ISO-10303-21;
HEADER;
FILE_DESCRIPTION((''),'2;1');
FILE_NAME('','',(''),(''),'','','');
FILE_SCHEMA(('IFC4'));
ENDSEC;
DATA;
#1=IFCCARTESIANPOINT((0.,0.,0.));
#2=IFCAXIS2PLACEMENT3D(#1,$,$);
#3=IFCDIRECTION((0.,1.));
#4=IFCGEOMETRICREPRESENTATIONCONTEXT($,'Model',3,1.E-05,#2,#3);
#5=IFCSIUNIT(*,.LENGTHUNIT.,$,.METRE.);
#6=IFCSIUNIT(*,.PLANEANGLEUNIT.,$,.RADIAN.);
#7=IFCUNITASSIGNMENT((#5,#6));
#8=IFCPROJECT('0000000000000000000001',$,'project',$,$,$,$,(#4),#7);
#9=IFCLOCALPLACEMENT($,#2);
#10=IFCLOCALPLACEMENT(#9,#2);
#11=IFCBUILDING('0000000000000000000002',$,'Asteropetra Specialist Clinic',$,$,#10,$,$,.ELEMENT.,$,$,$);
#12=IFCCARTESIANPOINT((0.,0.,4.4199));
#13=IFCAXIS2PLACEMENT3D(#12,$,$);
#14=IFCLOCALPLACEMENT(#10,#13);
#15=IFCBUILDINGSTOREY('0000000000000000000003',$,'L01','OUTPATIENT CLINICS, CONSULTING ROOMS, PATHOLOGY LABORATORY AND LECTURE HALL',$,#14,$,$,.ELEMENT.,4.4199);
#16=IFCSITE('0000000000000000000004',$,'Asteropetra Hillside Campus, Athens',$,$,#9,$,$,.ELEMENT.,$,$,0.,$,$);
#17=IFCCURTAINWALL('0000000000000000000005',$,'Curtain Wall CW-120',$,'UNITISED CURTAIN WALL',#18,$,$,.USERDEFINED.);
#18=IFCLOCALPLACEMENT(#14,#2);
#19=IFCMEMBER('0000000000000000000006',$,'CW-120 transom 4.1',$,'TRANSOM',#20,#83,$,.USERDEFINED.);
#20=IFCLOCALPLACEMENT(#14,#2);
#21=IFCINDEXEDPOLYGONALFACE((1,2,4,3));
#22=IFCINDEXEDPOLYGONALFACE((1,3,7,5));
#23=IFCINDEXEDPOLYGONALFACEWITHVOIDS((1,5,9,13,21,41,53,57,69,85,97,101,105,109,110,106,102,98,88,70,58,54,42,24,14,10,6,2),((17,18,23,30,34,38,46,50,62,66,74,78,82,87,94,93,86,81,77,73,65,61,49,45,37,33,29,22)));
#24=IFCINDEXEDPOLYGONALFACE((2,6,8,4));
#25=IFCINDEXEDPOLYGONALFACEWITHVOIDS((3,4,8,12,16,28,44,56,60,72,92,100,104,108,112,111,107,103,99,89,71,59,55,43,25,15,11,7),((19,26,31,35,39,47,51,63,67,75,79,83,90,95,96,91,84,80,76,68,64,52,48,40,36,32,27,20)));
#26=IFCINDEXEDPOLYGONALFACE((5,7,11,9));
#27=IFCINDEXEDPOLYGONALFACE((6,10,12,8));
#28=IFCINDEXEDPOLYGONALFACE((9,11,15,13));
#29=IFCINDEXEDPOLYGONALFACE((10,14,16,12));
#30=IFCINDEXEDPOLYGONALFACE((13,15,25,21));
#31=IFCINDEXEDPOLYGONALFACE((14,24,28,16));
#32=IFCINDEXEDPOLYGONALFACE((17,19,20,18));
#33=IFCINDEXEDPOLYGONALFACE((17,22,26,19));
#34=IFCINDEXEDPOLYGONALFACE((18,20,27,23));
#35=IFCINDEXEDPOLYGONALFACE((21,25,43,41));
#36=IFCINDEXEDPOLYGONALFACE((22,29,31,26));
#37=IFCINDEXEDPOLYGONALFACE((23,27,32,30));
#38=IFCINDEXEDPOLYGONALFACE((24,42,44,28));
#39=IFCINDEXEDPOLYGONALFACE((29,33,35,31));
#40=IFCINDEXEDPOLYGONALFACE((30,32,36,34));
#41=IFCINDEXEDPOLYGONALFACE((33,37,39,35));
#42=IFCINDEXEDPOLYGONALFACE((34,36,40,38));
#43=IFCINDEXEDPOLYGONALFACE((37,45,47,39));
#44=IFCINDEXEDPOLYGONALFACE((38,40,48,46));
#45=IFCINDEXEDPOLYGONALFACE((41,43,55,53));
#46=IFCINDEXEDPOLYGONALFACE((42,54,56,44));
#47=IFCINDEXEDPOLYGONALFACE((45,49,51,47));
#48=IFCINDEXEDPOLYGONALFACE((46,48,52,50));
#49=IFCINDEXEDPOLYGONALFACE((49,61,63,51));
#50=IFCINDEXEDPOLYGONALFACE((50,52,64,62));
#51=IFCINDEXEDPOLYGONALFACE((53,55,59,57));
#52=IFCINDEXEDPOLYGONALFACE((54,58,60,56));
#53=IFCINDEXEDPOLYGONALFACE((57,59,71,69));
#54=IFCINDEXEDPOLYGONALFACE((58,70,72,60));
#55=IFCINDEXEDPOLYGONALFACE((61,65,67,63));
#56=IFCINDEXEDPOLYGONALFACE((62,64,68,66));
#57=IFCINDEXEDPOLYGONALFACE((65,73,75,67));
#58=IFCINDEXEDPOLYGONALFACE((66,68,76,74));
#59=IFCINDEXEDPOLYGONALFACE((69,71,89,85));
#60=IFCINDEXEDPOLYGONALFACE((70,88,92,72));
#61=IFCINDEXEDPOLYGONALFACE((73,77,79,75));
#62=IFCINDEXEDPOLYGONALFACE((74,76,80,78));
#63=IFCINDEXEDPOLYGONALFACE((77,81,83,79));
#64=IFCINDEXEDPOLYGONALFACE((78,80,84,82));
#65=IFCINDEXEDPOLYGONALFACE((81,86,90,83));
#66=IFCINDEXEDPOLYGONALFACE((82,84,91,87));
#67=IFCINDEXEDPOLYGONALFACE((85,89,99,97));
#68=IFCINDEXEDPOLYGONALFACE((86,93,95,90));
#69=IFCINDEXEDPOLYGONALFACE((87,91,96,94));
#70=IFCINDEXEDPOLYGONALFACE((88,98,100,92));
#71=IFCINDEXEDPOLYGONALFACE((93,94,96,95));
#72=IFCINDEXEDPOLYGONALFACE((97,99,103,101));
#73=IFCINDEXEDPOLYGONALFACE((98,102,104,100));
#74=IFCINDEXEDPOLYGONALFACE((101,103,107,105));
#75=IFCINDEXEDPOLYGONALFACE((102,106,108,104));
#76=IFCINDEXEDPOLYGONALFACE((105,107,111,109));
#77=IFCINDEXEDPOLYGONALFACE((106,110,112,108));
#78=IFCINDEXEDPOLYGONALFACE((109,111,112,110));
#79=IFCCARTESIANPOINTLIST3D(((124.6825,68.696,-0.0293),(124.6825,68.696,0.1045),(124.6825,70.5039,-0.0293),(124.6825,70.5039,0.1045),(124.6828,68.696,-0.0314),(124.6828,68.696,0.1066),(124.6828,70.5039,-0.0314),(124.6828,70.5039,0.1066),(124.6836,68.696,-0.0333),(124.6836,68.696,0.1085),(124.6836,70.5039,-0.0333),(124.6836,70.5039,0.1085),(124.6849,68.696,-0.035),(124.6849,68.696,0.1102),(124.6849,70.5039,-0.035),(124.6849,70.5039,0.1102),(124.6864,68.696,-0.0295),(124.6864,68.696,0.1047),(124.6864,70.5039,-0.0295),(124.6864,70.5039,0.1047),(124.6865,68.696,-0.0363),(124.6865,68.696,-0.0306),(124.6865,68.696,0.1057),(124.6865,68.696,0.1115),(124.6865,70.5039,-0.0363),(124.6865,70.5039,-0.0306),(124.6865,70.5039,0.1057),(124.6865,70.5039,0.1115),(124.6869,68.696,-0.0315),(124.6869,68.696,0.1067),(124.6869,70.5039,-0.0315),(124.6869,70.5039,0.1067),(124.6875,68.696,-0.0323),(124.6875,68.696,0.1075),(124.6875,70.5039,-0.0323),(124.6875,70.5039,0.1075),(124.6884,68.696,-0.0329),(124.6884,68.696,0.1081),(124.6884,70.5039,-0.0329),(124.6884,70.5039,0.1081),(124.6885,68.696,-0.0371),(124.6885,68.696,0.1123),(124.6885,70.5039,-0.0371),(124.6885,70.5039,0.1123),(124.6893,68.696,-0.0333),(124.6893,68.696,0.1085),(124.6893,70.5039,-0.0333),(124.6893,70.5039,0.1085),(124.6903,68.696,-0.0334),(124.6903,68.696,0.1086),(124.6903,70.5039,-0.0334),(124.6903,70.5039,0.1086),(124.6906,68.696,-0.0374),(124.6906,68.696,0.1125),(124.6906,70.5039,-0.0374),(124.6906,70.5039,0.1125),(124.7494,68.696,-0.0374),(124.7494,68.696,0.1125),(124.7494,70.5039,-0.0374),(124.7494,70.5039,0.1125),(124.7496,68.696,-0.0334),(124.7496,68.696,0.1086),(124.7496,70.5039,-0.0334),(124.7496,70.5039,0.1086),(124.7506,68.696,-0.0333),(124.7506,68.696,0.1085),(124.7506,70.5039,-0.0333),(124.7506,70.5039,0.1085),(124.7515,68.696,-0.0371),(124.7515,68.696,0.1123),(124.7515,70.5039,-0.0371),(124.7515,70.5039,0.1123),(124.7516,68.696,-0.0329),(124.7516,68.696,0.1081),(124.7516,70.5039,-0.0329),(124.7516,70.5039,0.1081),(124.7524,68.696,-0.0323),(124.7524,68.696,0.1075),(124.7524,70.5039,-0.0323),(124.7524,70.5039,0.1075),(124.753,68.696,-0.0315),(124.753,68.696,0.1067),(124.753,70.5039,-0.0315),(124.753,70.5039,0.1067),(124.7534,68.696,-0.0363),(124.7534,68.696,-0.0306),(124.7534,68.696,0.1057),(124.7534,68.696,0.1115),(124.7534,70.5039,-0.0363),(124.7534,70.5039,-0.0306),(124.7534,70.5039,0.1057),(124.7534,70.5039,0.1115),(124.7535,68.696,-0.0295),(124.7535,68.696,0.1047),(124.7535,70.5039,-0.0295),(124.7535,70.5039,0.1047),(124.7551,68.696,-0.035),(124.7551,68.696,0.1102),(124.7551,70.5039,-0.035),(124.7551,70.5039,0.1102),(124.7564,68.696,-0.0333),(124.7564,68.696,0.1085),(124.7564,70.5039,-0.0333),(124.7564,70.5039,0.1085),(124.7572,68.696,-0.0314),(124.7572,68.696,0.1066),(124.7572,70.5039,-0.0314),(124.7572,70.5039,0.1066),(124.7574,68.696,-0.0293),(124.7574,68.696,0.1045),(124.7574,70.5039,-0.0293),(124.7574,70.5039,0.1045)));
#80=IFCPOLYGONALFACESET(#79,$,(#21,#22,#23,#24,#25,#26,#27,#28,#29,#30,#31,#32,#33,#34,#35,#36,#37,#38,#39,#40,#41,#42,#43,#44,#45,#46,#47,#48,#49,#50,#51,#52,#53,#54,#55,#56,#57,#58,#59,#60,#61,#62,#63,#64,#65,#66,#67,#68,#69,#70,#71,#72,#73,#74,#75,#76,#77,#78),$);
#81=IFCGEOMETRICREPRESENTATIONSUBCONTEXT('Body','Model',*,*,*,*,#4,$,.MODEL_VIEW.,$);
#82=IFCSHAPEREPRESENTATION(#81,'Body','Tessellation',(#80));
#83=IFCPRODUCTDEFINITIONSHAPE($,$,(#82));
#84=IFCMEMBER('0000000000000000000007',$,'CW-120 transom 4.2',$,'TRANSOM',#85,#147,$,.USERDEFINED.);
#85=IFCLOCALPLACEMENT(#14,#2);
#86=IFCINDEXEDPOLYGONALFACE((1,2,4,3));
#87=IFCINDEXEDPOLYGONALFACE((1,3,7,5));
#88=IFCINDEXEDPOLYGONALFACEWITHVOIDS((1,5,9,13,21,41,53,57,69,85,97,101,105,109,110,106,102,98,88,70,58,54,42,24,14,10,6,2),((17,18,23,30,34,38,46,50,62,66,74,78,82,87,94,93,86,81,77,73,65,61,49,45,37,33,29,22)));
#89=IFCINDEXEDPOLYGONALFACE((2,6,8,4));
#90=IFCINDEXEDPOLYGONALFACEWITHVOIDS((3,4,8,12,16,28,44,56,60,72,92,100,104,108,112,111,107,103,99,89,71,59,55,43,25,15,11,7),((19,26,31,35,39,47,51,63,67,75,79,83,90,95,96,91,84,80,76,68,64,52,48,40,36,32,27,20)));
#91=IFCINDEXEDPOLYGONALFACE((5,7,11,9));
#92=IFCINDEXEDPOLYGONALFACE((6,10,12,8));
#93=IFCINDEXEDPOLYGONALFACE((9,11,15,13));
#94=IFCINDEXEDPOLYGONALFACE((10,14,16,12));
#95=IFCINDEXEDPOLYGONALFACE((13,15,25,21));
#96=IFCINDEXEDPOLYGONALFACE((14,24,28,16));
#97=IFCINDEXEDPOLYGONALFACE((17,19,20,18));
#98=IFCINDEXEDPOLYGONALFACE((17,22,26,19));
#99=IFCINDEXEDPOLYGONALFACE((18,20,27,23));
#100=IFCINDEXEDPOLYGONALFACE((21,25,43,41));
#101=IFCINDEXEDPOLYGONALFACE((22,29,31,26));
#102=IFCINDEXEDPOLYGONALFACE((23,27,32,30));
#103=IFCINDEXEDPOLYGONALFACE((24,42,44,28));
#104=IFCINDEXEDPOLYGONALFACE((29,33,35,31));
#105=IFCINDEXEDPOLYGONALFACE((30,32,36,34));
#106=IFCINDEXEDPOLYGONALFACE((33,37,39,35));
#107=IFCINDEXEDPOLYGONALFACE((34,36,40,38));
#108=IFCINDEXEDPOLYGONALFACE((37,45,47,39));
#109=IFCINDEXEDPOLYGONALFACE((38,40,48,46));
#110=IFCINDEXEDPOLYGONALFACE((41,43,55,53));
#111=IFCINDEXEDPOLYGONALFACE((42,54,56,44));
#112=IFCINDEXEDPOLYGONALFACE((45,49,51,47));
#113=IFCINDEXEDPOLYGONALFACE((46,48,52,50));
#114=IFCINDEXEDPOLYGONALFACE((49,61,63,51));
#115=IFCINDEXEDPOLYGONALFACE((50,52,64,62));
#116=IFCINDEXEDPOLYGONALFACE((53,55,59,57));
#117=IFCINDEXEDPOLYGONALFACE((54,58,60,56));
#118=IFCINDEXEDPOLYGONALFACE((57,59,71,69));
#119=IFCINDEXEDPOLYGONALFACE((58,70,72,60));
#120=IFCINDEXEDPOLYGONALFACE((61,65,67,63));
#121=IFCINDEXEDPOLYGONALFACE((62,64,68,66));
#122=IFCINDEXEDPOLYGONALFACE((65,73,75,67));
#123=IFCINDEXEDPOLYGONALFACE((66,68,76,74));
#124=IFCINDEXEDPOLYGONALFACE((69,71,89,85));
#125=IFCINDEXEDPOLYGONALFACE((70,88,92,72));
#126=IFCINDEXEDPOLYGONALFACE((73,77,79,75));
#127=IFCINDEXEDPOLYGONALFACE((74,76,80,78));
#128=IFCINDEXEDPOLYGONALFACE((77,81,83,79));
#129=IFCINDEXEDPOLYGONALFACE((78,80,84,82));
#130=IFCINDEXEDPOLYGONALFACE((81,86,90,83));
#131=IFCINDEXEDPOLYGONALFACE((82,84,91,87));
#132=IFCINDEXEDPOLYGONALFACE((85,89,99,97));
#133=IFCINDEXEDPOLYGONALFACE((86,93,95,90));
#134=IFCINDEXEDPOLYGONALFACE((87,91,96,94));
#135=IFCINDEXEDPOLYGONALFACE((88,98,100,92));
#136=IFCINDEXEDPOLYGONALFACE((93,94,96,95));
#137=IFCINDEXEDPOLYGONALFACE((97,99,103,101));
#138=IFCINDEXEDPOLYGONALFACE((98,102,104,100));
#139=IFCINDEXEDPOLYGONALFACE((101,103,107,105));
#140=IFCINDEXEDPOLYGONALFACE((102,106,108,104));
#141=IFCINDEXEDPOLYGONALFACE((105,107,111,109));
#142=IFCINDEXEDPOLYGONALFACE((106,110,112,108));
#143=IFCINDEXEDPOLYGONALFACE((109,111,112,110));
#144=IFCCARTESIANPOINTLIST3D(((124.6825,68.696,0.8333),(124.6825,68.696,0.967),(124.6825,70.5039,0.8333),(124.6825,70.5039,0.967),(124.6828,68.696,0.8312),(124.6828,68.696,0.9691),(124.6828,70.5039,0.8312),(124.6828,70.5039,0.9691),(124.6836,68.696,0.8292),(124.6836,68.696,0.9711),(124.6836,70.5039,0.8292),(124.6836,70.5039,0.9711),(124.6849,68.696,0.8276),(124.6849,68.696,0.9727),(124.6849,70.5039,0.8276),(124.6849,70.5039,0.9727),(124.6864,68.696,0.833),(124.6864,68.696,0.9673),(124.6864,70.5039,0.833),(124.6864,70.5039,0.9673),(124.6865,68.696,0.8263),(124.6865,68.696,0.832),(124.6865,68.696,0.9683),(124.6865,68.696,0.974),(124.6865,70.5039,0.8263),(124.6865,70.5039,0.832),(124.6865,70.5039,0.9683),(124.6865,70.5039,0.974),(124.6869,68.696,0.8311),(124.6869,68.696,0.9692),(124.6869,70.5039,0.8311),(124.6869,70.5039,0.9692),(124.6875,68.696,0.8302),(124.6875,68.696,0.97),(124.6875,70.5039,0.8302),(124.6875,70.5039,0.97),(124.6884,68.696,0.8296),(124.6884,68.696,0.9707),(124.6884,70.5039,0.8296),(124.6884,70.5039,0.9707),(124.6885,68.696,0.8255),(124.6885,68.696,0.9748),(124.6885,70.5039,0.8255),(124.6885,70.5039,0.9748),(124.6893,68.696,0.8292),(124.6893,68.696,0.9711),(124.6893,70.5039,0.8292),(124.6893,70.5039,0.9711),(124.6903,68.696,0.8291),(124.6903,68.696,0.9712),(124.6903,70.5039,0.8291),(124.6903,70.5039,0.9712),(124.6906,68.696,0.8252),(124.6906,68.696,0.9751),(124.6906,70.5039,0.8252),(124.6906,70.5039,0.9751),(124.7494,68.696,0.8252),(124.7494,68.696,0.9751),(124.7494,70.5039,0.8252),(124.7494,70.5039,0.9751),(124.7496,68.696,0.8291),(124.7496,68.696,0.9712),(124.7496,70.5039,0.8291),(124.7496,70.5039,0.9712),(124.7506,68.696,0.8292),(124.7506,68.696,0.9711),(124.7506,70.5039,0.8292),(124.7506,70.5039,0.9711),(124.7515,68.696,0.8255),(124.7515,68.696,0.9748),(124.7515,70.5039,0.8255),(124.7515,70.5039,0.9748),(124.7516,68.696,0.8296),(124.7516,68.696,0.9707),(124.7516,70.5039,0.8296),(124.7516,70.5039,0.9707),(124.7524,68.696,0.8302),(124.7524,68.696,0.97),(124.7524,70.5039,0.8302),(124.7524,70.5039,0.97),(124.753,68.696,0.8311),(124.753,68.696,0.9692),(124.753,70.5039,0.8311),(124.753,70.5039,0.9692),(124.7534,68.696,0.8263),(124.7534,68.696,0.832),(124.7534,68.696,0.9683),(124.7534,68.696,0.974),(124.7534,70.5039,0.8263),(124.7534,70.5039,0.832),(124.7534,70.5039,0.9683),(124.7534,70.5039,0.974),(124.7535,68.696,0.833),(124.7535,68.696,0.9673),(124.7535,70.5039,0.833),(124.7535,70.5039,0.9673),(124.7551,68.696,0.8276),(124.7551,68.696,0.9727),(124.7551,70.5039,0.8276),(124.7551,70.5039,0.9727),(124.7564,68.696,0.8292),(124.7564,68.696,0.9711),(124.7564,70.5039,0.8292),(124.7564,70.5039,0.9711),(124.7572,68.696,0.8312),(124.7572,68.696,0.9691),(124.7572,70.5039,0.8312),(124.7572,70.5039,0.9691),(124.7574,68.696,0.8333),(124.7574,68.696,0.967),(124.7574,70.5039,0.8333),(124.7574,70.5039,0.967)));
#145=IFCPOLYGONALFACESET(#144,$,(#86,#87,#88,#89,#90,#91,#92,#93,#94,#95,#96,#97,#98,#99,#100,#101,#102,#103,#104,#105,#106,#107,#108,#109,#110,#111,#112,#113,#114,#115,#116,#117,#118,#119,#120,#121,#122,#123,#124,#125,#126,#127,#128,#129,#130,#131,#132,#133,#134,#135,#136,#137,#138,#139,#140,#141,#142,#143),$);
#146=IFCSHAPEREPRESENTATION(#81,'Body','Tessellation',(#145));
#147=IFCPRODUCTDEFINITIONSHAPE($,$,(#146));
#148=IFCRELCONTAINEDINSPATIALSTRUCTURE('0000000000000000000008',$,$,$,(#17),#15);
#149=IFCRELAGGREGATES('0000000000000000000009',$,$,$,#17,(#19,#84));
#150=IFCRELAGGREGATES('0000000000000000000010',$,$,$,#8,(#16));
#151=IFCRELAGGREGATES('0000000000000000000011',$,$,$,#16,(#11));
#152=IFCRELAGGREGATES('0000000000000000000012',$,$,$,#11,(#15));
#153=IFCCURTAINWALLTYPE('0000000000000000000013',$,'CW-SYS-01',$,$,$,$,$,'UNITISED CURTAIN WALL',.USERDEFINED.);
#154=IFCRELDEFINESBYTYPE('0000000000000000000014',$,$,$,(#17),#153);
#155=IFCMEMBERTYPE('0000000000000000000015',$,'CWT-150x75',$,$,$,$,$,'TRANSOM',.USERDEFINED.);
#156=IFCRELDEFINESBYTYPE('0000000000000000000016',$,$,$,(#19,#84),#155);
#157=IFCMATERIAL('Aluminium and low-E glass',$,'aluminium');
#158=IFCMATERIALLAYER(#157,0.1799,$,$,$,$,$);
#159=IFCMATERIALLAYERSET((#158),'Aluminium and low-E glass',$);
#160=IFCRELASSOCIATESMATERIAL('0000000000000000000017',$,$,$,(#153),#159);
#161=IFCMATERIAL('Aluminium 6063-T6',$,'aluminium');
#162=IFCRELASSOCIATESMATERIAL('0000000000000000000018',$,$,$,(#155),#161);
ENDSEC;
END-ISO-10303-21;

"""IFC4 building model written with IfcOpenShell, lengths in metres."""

from ifc_helpers import new_model, si_unit, direction, frame, origin, origin_2d, place, context, subcontext, project, spatial, hollow_rectangle, extrude, material, layer, layer_set, material_profile, profile_set, type_object, element, aggregate, save


model = new_model("IFC4")

# Units and contexts
model_context = context("Model", 3, precision=1e-05, world=origin(), true_north=direction((0.0, 1.0)))
body_context = subcontext(model_context, "Body", "Model", "MODEL_VIEW")
ifc_project = project(units=[si_unit("LENGTHUNIT", "METRE"), si_unit("PLANEANGLEUNIT", "RADIAN")], contexts=[model_context])

# Site, building, storey
site_placement = place(None, origin())
site = spatial("IfcSite", under=ifc_project, at=site_placement, Name="Asteropetra Hillside Campus, Athens", CompositionType="ELEMENT", RefElevation=0.0)
building_placement = place(site_placement, origin())
building = spatial("IfcBuilding", under=site, at=building_placement, Name="Asteropetra Specialist Clinic", CompositionType="ELEMENT")
storey_placement = place(building_placement, frame((0.0, 0.0, 4.4199)))
storey = spatial("IfcBuildingStorey", under=building, at=storey_placement, Name="L01", Description="OUTPATIENT CLINICS, CONSULTING ROOMS, PATHOLOGY LABORATORY AND LECTURE HALL", CompositionType="ELEMENT", Elevation=4.4199)

# Curtain wall, members
ifc_material_1 = material(Name="Aluminium and low-E glass", Category="aluminium")
ifc_layer_1 = layer(ifc_material_1, 0.1799)
ifc_layer_set_1 = layer_set([ifc_layer_1], Name="Aluminium and low-E glass")
curtain_wall_type = type_object("IfcCurtainWallType", Name="CW-SYS-01", ElementType="UNITISED CURTAIN WALL", PredefinedType="USERDEFINED", material=ifc_layer_set_1)
curtain_wall_placement = place(storey_placement, origin())
curtain_wall = element("IfcCurtainWall", 1, at=curtain_wall_placement, inside=storey, type_object=curtain_wall_type, Name="Curtain Wall CW-120", ObjectType="UNITISED CURTAIN WALL", PredefinedType="USERDEFINED")
ifc_material_2 = material(Name="Aluminium 6063-T6", Category="aluminium")
ifc_material_profile_1 = material_profile(ifc_material_2, hollow_rectangle(XDim=0.075, YDim=0.1499, WallThickness=0.0039, InnerFilletRadius=0.0039, OuterFilletRadius=0.0081, at=origin_2d()), Name="TRN 150x75x4.0")
ifc_profile_set_1 = profile_set([ifc_material_profile_1], Name="Aluminium 6063-T6")
member_type_1 = type_object("IfcMemberType", Name="CWT-150x75", ElementType="TRANSOM", PredefinedType="USERDEFINED", material=ifc_profile_set_1)
member_1_placement = place(storey_placement, frame((124.72, 70.5039, 0.0376), z_axis=(0.0, -1.0, 0.0), x_axis=(1.0, 0.0, 0.0)))
member_1 = element("IfcMember", 2, at=member_1_placement, type_object=member_type_1, Name="CW-120 transom 4.1", ObjectType="TRANSOM", PredefinedType="USERDEFINED", context=body_context, shape_type="SweptSolid", body=[
    extrude(hollow_rectangle(XDim=0.075, YDim=0.1499, WallThickness=0.0039, InnerFilletRadius=0.0039, OuterFilletRadius=0.0081, at=origin_2d()), origin(), (0.0, 0.0, 1.0), 1.8079),
])
member_2_placement = place(storey_placement, frame((124.72, 70.5039, 0.9001), z_axis=(0.0, -1.0, 0.0), x_axis=(1.0, 0.0, 0.0)))
member_2 = element("IfcMember", 3, at=member_2_placement, type_object=member_type_1, Name="CW-120 transom 4.2", ObjectType="TRANSOM", PredefinedType="USERDEFINED", context=body_context, shape_type="SweptSolid", body=[
    extrude(hollow_rectangle(XDim=0.075, YDim=0.1499, WallThickness=0.0039, InnerFilletRadius=0.0039, OuterFilletRadius=0.0081, at=origin_2d()), origin(), (0.0, 0.0, 1.0), 1.8079),
])
aggregate(curtain_wall, [member_1, member_2])

save(model, "model.ifc")
